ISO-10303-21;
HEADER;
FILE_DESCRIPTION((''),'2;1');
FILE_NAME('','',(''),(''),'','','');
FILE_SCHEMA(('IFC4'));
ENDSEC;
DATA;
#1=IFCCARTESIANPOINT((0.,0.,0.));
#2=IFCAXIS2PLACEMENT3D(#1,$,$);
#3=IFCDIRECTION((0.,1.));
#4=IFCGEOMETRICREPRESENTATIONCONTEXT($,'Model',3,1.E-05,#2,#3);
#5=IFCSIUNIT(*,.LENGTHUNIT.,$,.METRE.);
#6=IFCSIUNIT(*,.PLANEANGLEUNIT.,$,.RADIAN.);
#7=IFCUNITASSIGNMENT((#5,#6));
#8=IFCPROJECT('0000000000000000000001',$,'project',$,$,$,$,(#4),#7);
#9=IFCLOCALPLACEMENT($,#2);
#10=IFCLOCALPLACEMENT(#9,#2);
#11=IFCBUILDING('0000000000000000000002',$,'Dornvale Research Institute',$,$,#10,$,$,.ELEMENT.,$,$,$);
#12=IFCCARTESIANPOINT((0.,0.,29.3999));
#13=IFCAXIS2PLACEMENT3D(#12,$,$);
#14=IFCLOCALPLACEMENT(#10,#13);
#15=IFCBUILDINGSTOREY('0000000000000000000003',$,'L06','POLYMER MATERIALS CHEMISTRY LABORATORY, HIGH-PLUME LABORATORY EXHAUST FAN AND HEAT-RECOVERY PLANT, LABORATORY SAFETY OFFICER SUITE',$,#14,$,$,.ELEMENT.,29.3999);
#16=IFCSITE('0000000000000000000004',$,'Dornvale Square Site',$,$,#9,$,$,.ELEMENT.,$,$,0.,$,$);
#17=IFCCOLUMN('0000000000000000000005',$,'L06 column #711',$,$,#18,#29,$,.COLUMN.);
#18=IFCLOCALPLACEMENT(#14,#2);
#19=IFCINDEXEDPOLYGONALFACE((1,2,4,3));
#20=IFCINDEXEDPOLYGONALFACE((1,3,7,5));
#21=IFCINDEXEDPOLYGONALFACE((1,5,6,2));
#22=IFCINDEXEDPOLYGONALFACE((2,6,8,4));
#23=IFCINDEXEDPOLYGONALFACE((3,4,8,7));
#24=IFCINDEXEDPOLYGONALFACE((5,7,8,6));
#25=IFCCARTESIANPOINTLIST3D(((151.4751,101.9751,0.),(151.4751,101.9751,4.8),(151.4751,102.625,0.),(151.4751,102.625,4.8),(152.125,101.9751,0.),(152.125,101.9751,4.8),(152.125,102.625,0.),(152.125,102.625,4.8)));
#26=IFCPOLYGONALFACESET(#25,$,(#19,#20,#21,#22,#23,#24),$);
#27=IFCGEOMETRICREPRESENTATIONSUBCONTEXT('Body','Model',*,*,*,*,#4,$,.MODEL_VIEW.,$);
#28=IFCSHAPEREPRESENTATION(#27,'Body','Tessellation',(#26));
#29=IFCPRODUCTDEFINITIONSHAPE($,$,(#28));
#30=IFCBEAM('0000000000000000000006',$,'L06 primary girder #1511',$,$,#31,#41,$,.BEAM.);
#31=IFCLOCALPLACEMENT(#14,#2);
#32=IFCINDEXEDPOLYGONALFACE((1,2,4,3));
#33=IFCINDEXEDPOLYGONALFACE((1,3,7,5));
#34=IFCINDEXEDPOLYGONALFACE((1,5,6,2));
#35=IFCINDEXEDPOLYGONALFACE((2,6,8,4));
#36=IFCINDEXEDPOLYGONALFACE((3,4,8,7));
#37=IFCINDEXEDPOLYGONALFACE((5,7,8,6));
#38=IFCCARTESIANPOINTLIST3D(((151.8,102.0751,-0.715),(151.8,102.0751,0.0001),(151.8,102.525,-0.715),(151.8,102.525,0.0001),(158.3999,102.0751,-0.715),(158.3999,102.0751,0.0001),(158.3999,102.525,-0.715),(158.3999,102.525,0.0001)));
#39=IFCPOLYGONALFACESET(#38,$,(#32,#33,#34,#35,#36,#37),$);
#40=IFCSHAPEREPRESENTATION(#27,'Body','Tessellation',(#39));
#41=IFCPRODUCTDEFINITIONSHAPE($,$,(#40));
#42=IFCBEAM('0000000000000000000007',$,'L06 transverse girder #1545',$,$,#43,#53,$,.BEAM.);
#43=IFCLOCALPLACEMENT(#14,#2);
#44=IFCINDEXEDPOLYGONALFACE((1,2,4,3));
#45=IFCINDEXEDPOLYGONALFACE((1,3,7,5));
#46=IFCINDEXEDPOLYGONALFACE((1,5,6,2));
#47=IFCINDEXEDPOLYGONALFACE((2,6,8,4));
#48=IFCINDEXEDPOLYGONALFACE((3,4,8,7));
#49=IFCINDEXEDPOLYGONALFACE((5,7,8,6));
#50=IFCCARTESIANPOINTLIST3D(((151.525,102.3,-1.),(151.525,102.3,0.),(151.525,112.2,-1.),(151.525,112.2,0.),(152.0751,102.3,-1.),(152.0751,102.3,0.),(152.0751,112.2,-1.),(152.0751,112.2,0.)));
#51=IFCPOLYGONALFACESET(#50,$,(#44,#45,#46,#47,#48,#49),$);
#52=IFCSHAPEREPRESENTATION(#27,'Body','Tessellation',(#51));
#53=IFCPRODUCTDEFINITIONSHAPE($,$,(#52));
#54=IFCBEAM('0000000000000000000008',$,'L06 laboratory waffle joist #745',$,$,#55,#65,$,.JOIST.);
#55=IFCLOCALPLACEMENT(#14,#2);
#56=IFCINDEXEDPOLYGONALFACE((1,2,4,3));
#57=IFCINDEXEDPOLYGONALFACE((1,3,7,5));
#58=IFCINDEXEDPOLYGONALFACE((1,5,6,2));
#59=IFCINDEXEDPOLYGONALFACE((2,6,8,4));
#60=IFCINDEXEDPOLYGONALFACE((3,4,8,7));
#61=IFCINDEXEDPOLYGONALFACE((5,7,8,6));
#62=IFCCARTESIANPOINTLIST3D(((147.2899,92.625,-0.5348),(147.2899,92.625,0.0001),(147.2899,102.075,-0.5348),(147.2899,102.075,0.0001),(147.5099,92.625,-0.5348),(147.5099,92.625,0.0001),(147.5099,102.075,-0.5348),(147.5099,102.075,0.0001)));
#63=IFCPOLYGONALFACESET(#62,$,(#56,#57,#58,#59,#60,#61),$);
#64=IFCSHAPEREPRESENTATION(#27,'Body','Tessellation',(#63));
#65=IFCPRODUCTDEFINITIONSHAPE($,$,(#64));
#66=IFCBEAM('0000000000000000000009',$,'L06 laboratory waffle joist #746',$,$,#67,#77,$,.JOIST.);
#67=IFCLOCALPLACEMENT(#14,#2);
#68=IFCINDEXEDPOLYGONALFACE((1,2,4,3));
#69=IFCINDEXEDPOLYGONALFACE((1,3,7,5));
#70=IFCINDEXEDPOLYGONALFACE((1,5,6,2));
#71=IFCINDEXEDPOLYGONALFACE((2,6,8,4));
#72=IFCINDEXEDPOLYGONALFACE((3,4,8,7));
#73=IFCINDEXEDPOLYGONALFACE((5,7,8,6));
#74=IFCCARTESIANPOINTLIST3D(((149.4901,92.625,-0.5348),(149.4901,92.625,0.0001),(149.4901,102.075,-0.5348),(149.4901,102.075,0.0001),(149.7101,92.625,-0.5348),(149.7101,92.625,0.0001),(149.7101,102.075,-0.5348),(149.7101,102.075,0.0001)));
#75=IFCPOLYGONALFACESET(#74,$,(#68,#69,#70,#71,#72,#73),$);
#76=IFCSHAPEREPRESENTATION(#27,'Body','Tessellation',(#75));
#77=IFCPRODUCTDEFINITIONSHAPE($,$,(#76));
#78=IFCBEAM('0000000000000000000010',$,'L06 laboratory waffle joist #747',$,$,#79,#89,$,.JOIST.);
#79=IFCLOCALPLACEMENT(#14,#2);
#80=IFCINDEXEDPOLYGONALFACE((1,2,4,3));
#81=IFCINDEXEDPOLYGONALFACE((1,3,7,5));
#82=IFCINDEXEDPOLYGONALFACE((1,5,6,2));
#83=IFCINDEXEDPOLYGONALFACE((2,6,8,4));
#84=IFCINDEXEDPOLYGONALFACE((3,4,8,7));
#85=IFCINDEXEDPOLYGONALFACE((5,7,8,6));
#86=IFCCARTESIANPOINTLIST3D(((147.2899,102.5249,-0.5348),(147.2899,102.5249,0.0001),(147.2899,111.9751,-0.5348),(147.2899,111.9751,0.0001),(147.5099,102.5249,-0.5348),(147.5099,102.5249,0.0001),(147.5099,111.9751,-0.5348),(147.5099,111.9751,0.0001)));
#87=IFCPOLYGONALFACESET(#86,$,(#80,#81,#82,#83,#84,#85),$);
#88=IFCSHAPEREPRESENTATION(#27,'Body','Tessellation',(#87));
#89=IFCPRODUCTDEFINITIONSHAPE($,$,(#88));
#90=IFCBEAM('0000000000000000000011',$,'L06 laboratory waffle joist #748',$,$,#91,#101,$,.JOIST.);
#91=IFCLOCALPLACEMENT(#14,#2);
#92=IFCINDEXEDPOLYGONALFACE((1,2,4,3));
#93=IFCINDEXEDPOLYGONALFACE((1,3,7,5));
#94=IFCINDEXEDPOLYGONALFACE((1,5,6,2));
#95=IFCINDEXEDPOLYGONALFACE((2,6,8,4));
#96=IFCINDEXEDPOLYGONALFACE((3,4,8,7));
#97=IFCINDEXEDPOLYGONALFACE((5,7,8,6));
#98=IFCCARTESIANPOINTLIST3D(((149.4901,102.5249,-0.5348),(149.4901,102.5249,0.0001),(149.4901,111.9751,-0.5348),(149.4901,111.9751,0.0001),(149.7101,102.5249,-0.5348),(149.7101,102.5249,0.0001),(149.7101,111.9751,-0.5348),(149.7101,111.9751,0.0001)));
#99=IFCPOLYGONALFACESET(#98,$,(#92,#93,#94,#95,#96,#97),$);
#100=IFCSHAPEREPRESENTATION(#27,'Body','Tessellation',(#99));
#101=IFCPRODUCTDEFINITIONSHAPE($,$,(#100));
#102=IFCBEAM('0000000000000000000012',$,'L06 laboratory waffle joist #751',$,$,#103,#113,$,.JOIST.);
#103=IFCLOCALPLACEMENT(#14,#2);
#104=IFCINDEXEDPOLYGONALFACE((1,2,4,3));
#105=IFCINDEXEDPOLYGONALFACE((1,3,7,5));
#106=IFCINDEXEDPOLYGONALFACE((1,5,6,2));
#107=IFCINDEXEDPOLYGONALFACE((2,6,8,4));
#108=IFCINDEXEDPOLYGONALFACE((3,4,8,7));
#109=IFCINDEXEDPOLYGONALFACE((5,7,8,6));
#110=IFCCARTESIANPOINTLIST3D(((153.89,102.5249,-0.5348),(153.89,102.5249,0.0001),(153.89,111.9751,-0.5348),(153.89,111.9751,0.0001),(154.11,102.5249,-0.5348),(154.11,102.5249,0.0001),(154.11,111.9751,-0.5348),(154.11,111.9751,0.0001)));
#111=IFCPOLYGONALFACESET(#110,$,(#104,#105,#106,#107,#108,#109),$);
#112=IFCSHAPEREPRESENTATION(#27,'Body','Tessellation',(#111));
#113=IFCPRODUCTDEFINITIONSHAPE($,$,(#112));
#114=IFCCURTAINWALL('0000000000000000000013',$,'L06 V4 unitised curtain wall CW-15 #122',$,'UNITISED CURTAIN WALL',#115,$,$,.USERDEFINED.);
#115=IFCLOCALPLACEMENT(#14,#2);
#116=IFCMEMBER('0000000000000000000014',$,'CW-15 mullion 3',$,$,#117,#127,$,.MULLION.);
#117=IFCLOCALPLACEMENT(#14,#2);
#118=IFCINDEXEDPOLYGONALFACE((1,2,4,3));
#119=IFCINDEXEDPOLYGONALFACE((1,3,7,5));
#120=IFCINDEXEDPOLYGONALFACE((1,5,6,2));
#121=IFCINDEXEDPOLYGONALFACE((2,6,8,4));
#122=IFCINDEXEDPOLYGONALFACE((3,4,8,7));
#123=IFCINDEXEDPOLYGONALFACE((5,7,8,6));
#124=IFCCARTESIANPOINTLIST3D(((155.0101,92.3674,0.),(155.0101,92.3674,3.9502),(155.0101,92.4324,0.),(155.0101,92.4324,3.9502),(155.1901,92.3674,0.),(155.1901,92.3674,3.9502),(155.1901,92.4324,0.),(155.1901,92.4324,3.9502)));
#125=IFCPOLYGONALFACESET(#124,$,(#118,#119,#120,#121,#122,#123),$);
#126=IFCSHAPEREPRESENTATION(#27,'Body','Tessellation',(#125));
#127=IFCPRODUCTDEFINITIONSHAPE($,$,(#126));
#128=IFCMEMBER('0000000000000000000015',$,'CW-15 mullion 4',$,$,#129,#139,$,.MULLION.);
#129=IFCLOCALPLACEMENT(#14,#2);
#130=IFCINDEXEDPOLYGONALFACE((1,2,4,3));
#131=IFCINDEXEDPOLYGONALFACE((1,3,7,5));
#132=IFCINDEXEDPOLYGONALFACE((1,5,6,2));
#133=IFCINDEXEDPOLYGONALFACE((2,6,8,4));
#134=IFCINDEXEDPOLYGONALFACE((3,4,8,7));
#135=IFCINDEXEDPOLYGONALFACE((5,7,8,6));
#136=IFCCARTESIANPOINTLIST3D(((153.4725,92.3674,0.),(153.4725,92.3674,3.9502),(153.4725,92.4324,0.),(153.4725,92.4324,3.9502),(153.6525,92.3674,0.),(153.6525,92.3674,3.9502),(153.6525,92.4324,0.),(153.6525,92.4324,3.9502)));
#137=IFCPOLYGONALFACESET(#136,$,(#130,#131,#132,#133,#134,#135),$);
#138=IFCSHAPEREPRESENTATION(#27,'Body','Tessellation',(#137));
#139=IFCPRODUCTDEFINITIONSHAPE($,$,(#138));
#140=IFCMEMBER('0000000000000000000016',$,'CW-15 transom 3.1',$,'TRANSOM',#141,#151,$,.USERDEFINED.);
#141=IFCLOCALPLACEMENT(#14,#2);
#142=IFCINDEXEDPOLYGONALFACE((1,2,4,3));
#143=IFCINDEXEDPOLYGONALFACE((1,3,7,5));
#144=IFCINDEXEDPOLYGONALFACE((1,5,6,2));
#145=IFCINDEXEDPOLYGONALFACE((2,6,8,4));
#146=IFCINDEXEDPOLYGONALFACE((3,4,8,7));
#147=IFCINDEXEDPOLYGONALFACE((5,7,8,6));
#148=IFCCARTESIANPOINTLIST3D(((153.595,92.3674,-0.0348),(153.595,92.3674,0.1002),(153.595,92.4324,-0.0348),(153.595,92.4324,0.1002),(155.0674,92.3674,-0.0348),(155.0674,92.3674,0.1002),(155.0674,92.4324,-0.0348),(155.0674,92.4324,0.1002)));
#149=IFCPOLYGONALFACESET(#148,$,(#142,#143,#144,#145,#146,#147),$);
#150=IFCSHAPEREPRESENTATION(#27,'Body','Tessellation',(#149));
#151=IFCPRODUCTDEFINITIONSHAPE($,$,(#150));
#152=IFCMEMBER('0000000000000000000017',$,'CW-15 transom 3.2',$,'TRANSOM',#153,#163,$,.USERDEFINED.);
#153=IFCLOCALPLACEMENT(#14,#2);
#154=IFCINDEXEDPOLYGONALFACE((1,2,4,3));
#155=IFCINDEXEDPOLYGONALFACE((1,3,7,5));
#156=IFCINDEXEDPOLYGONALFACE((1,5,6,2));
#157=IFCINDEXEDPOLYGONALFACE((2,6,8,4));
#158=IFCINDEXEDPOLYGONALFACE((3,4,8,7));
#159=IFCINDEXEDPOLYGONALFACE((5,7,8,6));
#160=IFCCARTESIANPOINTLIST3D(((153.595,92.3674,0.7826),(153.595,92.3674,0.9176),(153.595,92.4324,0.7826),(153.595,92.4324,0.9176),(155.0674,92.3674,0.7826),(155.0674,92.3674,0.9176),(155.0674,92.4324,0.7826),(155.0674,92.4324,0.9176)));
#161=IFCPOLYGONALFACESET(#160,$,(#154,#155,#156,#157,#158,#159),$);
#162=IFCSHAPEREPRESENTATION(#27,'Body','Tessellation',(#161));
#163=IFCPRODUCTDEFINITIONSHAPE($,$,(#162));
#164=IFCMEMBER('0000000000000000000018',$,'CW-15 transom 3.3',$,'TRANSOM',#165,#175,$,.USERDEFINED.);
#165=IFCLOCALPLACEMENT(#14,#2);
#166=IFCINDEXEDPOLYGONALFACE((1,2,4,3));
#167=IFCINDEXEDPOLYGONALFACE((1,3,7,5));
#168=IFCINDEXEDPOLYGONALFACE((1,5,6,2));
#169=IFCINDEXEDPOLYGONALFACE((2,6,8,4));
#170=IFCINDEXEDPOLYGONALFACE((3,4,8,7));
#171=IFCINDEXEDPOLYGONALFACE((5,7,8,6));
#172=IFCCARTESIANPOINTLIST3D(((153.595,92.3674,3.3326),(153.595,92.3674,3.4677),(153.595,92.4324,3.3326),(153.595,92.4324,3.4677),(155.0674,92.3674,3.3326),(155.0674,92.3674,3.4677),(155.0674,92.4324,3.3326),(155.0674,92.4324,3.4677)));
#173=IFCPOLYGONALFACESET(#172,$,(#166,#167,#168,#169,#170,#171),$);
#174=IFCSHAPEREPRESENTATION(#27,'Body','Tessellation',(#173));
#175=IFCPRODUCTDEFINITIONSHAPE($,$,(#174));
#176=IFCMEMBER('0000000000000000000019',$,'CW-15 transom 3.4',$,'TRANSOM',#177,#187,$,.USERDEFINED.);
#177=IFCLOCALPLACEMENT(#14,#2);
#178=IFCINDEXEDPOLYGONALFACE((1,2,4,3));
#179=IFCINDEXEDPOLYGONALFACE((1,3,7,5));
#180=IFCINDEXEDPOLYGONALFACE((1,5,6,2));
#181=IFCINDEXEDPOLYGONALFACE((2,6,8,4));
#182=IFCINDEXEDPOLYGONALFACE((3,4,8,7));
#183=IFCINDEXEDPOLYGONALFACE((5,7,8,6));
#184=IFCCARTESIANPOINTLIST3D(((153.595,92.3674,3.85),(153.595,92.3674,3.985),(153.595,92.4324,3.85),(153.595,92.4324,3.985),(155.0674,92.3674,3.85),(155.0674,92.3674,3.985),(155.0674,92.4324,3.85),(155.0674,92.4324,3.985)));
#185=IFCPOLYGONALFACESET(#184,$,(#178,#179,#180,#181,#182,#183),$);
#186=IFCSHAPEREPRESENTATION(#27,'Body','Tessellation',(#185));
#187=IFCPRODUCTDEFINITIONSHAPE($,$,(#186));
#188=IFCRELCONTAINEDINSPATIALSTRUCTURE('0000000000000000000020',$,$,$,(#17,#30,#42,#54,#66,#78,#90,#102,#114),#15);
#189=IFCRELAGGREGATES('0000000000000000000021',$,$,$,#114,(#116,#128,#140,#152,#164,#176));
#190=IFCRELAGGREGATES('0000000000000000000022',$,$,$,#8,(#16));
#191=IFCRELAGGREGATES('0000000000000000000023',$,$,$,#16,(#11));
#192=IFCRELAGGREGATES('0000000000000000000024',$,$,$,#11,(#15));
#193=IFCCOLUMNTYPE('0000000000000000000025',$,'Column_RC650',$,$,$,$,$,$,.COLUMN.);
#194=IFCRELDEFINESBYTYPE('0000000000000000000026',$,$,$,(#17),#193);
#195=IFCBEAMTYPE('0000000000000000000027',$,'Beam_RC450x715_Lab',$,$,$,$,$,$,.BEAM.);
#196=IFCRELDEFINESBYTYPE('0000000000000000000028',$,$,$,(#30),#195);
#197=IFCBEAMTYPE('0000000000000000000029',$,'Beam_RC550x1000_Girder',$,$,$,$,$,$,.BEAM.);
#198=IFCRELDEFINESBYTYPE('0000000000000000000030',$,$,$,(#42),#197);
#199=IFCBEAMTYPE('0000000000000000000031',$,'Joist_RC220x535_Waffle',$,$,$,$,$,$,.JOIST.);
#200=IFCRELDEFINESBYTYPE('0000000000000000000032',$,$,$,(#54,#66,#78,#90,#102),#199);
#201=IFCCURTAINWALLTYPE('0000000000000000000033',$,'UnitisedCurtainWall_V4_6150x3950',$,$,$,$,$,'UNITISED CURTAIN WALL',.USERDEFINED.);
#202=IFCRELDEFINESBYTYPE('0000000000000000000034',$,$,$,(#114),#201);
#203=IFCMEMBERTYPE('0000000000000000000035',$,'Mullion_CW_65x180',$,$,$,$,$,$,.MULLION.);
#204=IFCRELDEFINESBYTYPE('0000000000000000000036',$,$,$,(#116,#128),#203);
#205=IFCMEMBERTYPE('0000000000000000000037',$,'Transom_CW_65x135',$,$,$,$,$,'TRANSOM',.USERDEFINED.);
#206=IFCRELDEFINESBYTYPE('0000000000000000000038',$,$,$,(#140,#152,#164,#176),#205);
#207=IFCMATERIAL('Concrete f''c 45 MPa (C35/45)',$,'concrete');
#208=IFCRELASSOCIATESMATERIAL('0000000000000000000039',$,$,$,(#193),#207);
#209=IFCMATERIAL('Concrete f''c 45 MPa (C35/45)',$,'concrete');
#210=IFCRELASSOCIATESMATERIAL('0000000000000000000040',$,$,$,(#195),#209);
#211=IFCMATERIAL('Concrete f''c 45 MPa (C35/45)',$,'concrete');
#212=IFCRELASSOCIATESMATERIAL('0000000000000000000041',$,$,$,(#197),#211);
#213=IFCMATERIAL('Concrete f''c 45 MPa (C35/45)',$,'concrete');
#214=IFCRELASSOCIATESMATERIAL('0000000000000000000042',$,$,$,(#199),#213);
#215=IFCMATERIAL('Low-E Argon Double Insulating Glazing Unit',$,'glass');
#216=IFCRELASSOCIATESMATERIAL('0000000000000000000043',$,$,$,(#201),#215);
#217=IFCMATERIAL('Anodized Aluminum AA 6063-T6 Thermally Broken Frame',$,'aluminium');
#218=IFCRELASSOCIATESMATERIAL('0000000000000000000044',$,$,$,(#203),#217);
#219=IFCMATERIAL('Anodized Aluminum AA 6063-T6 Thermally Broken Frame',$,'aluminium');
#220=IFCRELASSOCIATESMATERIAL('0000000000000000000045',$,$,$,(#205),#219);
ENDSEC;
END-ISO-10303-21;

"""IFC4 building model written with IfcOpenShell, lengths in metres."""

from ifc_helpers import new_model, si_unit, direction, frame, origin, origin_2d, place, context, subcontext, project, spatial, rectangle, extrude, material, material_profile, profile_set, type_object, element, aggregate, save


model = new_model("IFC4")

# Units and contexts
model_context = context("Model", 3, precision=1e-05, world=origin(), true_north=direction((0.0, 1.0)))
body_context = subcontext(model_context, "Body", "Model", "MODEL_VIEW")
ifc_project = project(units=[si_unit("LENGTHUNIT", "METRE"), si_unit("PLANEANGLEUNIT", "RADIAN")], contexts=[model_context])

# Site, building, storey
site_placement = place(None, origin())
site = spatial("IfcSite", under=ifc_project, at=site_placement, Name="Dornvale Square Site", CompositionType="ELEMENT", RefElevation=0.0)
building_placement = place(site_placement, origin())
building = spatial("IfcBuilding", under=site, at=building_placement, Name="Dornvale Research Institute", CompositionType="ELEMENT")
storey_placement = place(building_placement, frame((0.0, 0.0, 29.3999)))
storey = spatial("IfcBuildingStorey", under=building, at=storey_placement, Name="L06", Description="POLYMER MATERIALS CHEMISTRY LABORATORY, HIGH-PLUME LABORATORY EXHAUST FAN AND HEAT-RECOVERY PLANT, LABORATORY SAFETY OFFICER SUITE", CompositionType="ELEMENT", Elevation=29.3999)

# Column
ifc_material_1 = material(Name="Concrete f'c 45 MPa (C35/45)", Category="concrete")
ifc_material_profile_1 = material_profile(ifc_material_1, rectangle(XDim=0.6499, YDim=0.6499, at=origin_2d()), Name="RC 650x650")
ifc_profile_set_1 = profile_set([ifc_material_profile_1], Name="Concrete f'c 45 MPa (C35/45)")
column_type = type_object("IfcColumnType", Name="Column_RC650", PredefinedType="COLUMN", material=ifc_profile_set_1)
column_placement = place(storey_placement, frame((151.8, 102.3, 0.0), z_axis=(0.0, 0.0, 1.0), x_axis=(1.0, 0.0, 0.0)))
element("IfcColumn", 1, at=column_placement, inside=storey, type_object=column_type, Name="L06 column #711", PredefinedType="COLUMN", context=body_context, shape_type="SweptSolid", body=[
    extrude(rectangle(XDim=0.6499, YDim=0.6499, at=origin_2d()), origin(), (0.0, 0.0, 1.0), 4.8),
])

# Beams
ifc_material_2 = material(Name="Concrete f'c 45 MPa (C35/45)", Category="concrete")
ifc_material_profile_2 = material_profile(ifc_material_2, rectangle(XDim=0.45, YDim=0.7151, at=origin_2d()), Name="RC 450x715")
ifc_profile_set_2 = profile_set([ifc_material_profile_2], Name="Concrete f'c 45 MPa (C35/45)")
beam_type_1 = type_object("IfcBeamType", Name="Beam_RC450x715_Lab", PredefinedType="BEAM", material=ifc_profile_set_2)
beam_1_placement = place(storey_placement, frame((151.8, 102.3, -0.3574), z_axis=(1.0, 0.0, 0.0), x_axis=(0.0, 1.0, 0.0)))
element("IfcBeam", 2, at=beam_1_placement, inside=storey, type_object=beam_type_1, Name="L06 primary girder #1511", PredefinedType="BEAM", context=body_context, shape_type="SweptSolid", body=[
    extrude(rectangle(XDim=0.45, YDim=0.7151, at=origin_2d()), origin(), (0.0, 0.0, 1.0), 6.5999),
])
ifc_material_3 = material(Name="Concrete f'c 45 MPa (C35/45)", Category="concrete")
ifc_material_profile_3 = material_profile(ifc_material_3, rectangle(XDim=0.55, YDim=1.0, at=origin_2d()), Name="RC 550x1000")
ifc_profile_set_3 = profile_set([ifc_material_profile_3], Name="Concrete f'c 45 MPa (C35/45)")
beam_type_2 = type_object("IfcBeamType", Name="Beam_RC550x1000_Girder", PredefinedType="BEAM", material=ifc_profile_set_3)
beam_2_placement = place(storey_placement, frame((151.8, 102.3, -0.5), z_axis=(0.0, 1.0, 0.0), x_axis=(-1.0, 0.0, 0.0)))
element("IfcBeam", 3, at=beam_2_placement, inside=storey, type_object=beam_type_2, Name="L06 transverse girder #1545", PredefinedType="BEAM", context=body_context, shape_type="SweptSolid", body=[
    extrude(rectangle(XDim=0.55, YDim=1.0, at=origin_2d()), origin(), (0.0, 0.0, 1.0), 9.8999),
])
ifc_material_4 = material(Name="Concrete f'c 45 MPa (C35/45)", Category="concrete")
ifc_material_profile_4 = material_profile(ifc_material_4, rectangle(XDim=0.22, YDim=0.5349, at=origin_2d()), Name="RC 220x535")
ifc_profile_set_4 = profile_set([ifc_material_profile_4], Name="Concrete f'c 45 MPa (C35/45)")
beam_type_3 = type_object("IfcBeamType", Name="Joist_RC220x535_Waffle", PredefinedType="JOIST", material=ifc_profile_set_4)
for number, where, z_axis, x_axis, name in (
    (4, (147.3999, 92.625, -0.2673), (0.0, 1.0, 0.0), (-1.0, 0.0, 0.0), "L06 laboratory waffle joist #745"),
    (5, (149.6001, 92.625, -0.2673), (0.0, 1.0, 0.0), (-1.0, 0.0, 0.0), "L06 laboratory waffle joist #746"),
):
    element("IfcBeam", number, at=place(storey_placement, frame(where, z_axis=z_axis, x_axis=x_axis)), inside=storey, type_object=beam_type_3, Name=name, PredefinedType="JOIST", context=body_context, shape_type="SweptSolid", body=[
        extrude(rectangle(XDim=0.22, YDim=0.5349, at=origin_2d()), origin(), (0.0, 0.0, 1.0), 9.45),
    ])
for number, where, z_axis, x_axis, name in (
    (6, (147.3999, 102.5249, -0.2673), (0.0, 1.0, 0.0), (-1.0, 0.0, 0.0), "L06 laboratory waffle joist #747"),
    (7, (149.6001, 102.5249, -0.2673), (0.0, 1.0, 0.0), (-1.0, 0.0, 0.0), "L06 laboratory waffle joist #748"),
    (8, (154.0, 102.5249, -0.2673), (0.0, 1.0, 0.0), (-1.0, 0.0, 0.0), "L06 laboratory waffle joist #751"),
):
    element("IfcBeam", number, at=place(storey_placement, frame(where, z_axis=z_axis, x_axis=x_axis)), inside=storey, type_object=beam_type_3, Name=name, PredefinedType="JOIST", context=body_context, shape_type="SweptSolid", body=[
        extrude(rectangle(XDim=0.22, YDim=0.5349, at=origin_2d()), origin(), (0.0, 0.0, 1.0), 9.4502),
    ])

# Curtain wall, members
ifc_material_5 = material(Name="Low-E Argon Double Insulating Glazing Unit", Category="glass")
curtain_wall_type = type_object("IfcCurtainWallType", Name="UnitisedCurtainWall_V4_6150x3950", ElementType="UNITISED CURTAIN WALL", PredefinedType="USERDEFINED", material=ifc_material_5)
curtain_wall_placement = place(storey_placement, origin())
curtain_wall = element("IfcCurtainWall", 9, at=curtain_wall_placement, inside=storey, type_object=curtain_wall_type, Name="L06 V4 unitised curtain wall CW-15 #122", ObjectType="UNITISED CURTAIN WALL", PredefinedType="USERDEFINED")
ifc_material_6 = material(Name="Anodized Aluminum AA 6063-T6 Thermally Broken Frame", Category="aluminium")
ifc_material_profile_5 = material_profile(ifc_material_6, rectangle(XDim=0.0649, YDim=0.1799, at=origin_2d()), Name="ALU MULLION 65x180")
ifc_profile_set_5 = profile_set([ifc_material_profile_5], Name="Anodized Aluminum AA 6063-T6 Thermally Broken Frame")
member_type_1 = type_object("IfcMemberType", Name="Mullion_CW_65x180", PredefinedType="MULLION", material=ifc_profile_set_5)
member_1_placement = place(storey_placement, frame((155.1001, 92.3999, 0.0), z_axis=(0.0, 0.0, 1.0), x_axis=(0.0, -1.0, 0.0)))
member_1 = element("IfcMember", 10, at=member_1_placement, type_object=member_type_1, Name="CW-15 mullion 3", PredefinedType="MULLION", context=body_context, shape_type="SweptSolid", body=[
    extrude(rectangle(XDim=0.0649, YDim=0.1799, at=origin_2d()), origin(), (0.0, 0.0, 1.0), 3.9502),
])
member_2_placement = place(storey_placement, frame((153.5625, 92.3999, 0.0), z_axis=(0.0, 0.0, 1.0), x_axis=(0.0, -1.0, 0.0)))
member_2 = element("IfcMember", 11, at=member_2_placement, type_object=member_type_1, Name="CW-15 mullion 4", PredefinedType="MULLION", context=body_context, shape_type="SweptSolid", body=[
    extrude(rectangle(XDim=0.0649, YDim=0.1799, at=origin_2d()), origin(), (0.0, 0.0, 1.0), 3.9502),
])
ifc_material_7 = material(Name="Anodized Aluminum AA 6063-T6 Thermally Broken Frame", Category="aluminium")
ifc_material_profile_6 = material_profile(ifc_material_7, rectangle(XDim=0.0649, YDim=0.135, at=origin_2d()), Name="ALU TRANSOM 65x135")
ifc_profile_set_6 = profile_set([ifc_material_profile_6], Name="Anodized Aluminum AA 6063-T6 Thermally Broken Frame")
member_type_2 = type_object("IfcMemberType", Name="Transom_CW_65x135", ElementType="TRANSOM", PredefinedType="USERDEFINED", material=ifc_profile_set_6)
member_3_placement = place(storey_placement, frame((155.0674, 92.3999, 0.0327), z_axis=(-1.0, 0.0, 0.0), x_axis=(0.0, -1.0, 0.0)))
member_3 = element("IfcMember", 12, at=member_3_placement, type_object=member_type_2, Name="CW-15 transom 3.1", ObjectType="TRANSOM", PredefinedType="USERDEFINED", context=body_context, shape_type="SweptSolid", body=[
    extrude(rectangle(XDim=0.0649, YDim=0.135, at=origin_2d()), origin(), (0.0, 0.0, 1.0), 1.4724),
])
member_4_placement = place(storey_placement, frame((155.0674, 92.3999, 0.8501), z_axis=(-1.0, 0.0, 0.0), x_axis=(0.0, -1.0, 0.0)))
member_4 = element("IfcMember", 13, at=member_4_placement, type_object=member_type_2, Name="CW-15 transom 3.2", ObjectType="TRANSOM", PredefinedType="USERDEFINED", context=body_context, shape_type="SweptSolid", body=[
    extrude(rectangle(XDim=0.0649, YDim=0.135, at=origin_2d()), origin(), (0.0, 0.0, 1.0), 1.4724),
])
member_5_placement = place(storey_placement, frame((155.0674, 92.3999, 3.4001), z_axis=(-1.0, 0.0, 0.0), x_axis=(0.0, -1.0, 0.0)))
member_5 = element("IfcMember", 14, at=member_5_placement, type_object=member_type_2, Name="CW-15 transom 3.3", ObjectType="TRANSOM", PredefinedType="USERDEFINED", context=body_context, shape_type="SweptSolid", body=[
    extrude(rectangle(XDim=0.0649, YDim=0.135, at=origin_2d()), origin(), (0.0, 0.0, 1.0), 1.4724),
])
member_6_placement = place(storey_placement, frame((155.0674, 92.3999, 3.9175), z_axis=(-1.0, 0.0, 0.0), x_axis=(0.0, -1.0, 0.0)))
member_6 = element("IfcMember", 15, at=member_6_placement, type_object=member_type_2, Name="CW-15 transom 3.4", ObjectType="TRANSOM", PredefinedType="USERDEFINED", context=body_context, shape_type="SweptSolid", body=[
    extrude(rectangle(XDim=0.0649, YDim=0.135, at=origin_2d()), origin(), (0.0, 0.0, 1.0), 1.4724),
])
aggregate(curtain_wall, [member_1, member_2, member_3, member_4, member_5, member_6])

save(model, "model.ifc")
